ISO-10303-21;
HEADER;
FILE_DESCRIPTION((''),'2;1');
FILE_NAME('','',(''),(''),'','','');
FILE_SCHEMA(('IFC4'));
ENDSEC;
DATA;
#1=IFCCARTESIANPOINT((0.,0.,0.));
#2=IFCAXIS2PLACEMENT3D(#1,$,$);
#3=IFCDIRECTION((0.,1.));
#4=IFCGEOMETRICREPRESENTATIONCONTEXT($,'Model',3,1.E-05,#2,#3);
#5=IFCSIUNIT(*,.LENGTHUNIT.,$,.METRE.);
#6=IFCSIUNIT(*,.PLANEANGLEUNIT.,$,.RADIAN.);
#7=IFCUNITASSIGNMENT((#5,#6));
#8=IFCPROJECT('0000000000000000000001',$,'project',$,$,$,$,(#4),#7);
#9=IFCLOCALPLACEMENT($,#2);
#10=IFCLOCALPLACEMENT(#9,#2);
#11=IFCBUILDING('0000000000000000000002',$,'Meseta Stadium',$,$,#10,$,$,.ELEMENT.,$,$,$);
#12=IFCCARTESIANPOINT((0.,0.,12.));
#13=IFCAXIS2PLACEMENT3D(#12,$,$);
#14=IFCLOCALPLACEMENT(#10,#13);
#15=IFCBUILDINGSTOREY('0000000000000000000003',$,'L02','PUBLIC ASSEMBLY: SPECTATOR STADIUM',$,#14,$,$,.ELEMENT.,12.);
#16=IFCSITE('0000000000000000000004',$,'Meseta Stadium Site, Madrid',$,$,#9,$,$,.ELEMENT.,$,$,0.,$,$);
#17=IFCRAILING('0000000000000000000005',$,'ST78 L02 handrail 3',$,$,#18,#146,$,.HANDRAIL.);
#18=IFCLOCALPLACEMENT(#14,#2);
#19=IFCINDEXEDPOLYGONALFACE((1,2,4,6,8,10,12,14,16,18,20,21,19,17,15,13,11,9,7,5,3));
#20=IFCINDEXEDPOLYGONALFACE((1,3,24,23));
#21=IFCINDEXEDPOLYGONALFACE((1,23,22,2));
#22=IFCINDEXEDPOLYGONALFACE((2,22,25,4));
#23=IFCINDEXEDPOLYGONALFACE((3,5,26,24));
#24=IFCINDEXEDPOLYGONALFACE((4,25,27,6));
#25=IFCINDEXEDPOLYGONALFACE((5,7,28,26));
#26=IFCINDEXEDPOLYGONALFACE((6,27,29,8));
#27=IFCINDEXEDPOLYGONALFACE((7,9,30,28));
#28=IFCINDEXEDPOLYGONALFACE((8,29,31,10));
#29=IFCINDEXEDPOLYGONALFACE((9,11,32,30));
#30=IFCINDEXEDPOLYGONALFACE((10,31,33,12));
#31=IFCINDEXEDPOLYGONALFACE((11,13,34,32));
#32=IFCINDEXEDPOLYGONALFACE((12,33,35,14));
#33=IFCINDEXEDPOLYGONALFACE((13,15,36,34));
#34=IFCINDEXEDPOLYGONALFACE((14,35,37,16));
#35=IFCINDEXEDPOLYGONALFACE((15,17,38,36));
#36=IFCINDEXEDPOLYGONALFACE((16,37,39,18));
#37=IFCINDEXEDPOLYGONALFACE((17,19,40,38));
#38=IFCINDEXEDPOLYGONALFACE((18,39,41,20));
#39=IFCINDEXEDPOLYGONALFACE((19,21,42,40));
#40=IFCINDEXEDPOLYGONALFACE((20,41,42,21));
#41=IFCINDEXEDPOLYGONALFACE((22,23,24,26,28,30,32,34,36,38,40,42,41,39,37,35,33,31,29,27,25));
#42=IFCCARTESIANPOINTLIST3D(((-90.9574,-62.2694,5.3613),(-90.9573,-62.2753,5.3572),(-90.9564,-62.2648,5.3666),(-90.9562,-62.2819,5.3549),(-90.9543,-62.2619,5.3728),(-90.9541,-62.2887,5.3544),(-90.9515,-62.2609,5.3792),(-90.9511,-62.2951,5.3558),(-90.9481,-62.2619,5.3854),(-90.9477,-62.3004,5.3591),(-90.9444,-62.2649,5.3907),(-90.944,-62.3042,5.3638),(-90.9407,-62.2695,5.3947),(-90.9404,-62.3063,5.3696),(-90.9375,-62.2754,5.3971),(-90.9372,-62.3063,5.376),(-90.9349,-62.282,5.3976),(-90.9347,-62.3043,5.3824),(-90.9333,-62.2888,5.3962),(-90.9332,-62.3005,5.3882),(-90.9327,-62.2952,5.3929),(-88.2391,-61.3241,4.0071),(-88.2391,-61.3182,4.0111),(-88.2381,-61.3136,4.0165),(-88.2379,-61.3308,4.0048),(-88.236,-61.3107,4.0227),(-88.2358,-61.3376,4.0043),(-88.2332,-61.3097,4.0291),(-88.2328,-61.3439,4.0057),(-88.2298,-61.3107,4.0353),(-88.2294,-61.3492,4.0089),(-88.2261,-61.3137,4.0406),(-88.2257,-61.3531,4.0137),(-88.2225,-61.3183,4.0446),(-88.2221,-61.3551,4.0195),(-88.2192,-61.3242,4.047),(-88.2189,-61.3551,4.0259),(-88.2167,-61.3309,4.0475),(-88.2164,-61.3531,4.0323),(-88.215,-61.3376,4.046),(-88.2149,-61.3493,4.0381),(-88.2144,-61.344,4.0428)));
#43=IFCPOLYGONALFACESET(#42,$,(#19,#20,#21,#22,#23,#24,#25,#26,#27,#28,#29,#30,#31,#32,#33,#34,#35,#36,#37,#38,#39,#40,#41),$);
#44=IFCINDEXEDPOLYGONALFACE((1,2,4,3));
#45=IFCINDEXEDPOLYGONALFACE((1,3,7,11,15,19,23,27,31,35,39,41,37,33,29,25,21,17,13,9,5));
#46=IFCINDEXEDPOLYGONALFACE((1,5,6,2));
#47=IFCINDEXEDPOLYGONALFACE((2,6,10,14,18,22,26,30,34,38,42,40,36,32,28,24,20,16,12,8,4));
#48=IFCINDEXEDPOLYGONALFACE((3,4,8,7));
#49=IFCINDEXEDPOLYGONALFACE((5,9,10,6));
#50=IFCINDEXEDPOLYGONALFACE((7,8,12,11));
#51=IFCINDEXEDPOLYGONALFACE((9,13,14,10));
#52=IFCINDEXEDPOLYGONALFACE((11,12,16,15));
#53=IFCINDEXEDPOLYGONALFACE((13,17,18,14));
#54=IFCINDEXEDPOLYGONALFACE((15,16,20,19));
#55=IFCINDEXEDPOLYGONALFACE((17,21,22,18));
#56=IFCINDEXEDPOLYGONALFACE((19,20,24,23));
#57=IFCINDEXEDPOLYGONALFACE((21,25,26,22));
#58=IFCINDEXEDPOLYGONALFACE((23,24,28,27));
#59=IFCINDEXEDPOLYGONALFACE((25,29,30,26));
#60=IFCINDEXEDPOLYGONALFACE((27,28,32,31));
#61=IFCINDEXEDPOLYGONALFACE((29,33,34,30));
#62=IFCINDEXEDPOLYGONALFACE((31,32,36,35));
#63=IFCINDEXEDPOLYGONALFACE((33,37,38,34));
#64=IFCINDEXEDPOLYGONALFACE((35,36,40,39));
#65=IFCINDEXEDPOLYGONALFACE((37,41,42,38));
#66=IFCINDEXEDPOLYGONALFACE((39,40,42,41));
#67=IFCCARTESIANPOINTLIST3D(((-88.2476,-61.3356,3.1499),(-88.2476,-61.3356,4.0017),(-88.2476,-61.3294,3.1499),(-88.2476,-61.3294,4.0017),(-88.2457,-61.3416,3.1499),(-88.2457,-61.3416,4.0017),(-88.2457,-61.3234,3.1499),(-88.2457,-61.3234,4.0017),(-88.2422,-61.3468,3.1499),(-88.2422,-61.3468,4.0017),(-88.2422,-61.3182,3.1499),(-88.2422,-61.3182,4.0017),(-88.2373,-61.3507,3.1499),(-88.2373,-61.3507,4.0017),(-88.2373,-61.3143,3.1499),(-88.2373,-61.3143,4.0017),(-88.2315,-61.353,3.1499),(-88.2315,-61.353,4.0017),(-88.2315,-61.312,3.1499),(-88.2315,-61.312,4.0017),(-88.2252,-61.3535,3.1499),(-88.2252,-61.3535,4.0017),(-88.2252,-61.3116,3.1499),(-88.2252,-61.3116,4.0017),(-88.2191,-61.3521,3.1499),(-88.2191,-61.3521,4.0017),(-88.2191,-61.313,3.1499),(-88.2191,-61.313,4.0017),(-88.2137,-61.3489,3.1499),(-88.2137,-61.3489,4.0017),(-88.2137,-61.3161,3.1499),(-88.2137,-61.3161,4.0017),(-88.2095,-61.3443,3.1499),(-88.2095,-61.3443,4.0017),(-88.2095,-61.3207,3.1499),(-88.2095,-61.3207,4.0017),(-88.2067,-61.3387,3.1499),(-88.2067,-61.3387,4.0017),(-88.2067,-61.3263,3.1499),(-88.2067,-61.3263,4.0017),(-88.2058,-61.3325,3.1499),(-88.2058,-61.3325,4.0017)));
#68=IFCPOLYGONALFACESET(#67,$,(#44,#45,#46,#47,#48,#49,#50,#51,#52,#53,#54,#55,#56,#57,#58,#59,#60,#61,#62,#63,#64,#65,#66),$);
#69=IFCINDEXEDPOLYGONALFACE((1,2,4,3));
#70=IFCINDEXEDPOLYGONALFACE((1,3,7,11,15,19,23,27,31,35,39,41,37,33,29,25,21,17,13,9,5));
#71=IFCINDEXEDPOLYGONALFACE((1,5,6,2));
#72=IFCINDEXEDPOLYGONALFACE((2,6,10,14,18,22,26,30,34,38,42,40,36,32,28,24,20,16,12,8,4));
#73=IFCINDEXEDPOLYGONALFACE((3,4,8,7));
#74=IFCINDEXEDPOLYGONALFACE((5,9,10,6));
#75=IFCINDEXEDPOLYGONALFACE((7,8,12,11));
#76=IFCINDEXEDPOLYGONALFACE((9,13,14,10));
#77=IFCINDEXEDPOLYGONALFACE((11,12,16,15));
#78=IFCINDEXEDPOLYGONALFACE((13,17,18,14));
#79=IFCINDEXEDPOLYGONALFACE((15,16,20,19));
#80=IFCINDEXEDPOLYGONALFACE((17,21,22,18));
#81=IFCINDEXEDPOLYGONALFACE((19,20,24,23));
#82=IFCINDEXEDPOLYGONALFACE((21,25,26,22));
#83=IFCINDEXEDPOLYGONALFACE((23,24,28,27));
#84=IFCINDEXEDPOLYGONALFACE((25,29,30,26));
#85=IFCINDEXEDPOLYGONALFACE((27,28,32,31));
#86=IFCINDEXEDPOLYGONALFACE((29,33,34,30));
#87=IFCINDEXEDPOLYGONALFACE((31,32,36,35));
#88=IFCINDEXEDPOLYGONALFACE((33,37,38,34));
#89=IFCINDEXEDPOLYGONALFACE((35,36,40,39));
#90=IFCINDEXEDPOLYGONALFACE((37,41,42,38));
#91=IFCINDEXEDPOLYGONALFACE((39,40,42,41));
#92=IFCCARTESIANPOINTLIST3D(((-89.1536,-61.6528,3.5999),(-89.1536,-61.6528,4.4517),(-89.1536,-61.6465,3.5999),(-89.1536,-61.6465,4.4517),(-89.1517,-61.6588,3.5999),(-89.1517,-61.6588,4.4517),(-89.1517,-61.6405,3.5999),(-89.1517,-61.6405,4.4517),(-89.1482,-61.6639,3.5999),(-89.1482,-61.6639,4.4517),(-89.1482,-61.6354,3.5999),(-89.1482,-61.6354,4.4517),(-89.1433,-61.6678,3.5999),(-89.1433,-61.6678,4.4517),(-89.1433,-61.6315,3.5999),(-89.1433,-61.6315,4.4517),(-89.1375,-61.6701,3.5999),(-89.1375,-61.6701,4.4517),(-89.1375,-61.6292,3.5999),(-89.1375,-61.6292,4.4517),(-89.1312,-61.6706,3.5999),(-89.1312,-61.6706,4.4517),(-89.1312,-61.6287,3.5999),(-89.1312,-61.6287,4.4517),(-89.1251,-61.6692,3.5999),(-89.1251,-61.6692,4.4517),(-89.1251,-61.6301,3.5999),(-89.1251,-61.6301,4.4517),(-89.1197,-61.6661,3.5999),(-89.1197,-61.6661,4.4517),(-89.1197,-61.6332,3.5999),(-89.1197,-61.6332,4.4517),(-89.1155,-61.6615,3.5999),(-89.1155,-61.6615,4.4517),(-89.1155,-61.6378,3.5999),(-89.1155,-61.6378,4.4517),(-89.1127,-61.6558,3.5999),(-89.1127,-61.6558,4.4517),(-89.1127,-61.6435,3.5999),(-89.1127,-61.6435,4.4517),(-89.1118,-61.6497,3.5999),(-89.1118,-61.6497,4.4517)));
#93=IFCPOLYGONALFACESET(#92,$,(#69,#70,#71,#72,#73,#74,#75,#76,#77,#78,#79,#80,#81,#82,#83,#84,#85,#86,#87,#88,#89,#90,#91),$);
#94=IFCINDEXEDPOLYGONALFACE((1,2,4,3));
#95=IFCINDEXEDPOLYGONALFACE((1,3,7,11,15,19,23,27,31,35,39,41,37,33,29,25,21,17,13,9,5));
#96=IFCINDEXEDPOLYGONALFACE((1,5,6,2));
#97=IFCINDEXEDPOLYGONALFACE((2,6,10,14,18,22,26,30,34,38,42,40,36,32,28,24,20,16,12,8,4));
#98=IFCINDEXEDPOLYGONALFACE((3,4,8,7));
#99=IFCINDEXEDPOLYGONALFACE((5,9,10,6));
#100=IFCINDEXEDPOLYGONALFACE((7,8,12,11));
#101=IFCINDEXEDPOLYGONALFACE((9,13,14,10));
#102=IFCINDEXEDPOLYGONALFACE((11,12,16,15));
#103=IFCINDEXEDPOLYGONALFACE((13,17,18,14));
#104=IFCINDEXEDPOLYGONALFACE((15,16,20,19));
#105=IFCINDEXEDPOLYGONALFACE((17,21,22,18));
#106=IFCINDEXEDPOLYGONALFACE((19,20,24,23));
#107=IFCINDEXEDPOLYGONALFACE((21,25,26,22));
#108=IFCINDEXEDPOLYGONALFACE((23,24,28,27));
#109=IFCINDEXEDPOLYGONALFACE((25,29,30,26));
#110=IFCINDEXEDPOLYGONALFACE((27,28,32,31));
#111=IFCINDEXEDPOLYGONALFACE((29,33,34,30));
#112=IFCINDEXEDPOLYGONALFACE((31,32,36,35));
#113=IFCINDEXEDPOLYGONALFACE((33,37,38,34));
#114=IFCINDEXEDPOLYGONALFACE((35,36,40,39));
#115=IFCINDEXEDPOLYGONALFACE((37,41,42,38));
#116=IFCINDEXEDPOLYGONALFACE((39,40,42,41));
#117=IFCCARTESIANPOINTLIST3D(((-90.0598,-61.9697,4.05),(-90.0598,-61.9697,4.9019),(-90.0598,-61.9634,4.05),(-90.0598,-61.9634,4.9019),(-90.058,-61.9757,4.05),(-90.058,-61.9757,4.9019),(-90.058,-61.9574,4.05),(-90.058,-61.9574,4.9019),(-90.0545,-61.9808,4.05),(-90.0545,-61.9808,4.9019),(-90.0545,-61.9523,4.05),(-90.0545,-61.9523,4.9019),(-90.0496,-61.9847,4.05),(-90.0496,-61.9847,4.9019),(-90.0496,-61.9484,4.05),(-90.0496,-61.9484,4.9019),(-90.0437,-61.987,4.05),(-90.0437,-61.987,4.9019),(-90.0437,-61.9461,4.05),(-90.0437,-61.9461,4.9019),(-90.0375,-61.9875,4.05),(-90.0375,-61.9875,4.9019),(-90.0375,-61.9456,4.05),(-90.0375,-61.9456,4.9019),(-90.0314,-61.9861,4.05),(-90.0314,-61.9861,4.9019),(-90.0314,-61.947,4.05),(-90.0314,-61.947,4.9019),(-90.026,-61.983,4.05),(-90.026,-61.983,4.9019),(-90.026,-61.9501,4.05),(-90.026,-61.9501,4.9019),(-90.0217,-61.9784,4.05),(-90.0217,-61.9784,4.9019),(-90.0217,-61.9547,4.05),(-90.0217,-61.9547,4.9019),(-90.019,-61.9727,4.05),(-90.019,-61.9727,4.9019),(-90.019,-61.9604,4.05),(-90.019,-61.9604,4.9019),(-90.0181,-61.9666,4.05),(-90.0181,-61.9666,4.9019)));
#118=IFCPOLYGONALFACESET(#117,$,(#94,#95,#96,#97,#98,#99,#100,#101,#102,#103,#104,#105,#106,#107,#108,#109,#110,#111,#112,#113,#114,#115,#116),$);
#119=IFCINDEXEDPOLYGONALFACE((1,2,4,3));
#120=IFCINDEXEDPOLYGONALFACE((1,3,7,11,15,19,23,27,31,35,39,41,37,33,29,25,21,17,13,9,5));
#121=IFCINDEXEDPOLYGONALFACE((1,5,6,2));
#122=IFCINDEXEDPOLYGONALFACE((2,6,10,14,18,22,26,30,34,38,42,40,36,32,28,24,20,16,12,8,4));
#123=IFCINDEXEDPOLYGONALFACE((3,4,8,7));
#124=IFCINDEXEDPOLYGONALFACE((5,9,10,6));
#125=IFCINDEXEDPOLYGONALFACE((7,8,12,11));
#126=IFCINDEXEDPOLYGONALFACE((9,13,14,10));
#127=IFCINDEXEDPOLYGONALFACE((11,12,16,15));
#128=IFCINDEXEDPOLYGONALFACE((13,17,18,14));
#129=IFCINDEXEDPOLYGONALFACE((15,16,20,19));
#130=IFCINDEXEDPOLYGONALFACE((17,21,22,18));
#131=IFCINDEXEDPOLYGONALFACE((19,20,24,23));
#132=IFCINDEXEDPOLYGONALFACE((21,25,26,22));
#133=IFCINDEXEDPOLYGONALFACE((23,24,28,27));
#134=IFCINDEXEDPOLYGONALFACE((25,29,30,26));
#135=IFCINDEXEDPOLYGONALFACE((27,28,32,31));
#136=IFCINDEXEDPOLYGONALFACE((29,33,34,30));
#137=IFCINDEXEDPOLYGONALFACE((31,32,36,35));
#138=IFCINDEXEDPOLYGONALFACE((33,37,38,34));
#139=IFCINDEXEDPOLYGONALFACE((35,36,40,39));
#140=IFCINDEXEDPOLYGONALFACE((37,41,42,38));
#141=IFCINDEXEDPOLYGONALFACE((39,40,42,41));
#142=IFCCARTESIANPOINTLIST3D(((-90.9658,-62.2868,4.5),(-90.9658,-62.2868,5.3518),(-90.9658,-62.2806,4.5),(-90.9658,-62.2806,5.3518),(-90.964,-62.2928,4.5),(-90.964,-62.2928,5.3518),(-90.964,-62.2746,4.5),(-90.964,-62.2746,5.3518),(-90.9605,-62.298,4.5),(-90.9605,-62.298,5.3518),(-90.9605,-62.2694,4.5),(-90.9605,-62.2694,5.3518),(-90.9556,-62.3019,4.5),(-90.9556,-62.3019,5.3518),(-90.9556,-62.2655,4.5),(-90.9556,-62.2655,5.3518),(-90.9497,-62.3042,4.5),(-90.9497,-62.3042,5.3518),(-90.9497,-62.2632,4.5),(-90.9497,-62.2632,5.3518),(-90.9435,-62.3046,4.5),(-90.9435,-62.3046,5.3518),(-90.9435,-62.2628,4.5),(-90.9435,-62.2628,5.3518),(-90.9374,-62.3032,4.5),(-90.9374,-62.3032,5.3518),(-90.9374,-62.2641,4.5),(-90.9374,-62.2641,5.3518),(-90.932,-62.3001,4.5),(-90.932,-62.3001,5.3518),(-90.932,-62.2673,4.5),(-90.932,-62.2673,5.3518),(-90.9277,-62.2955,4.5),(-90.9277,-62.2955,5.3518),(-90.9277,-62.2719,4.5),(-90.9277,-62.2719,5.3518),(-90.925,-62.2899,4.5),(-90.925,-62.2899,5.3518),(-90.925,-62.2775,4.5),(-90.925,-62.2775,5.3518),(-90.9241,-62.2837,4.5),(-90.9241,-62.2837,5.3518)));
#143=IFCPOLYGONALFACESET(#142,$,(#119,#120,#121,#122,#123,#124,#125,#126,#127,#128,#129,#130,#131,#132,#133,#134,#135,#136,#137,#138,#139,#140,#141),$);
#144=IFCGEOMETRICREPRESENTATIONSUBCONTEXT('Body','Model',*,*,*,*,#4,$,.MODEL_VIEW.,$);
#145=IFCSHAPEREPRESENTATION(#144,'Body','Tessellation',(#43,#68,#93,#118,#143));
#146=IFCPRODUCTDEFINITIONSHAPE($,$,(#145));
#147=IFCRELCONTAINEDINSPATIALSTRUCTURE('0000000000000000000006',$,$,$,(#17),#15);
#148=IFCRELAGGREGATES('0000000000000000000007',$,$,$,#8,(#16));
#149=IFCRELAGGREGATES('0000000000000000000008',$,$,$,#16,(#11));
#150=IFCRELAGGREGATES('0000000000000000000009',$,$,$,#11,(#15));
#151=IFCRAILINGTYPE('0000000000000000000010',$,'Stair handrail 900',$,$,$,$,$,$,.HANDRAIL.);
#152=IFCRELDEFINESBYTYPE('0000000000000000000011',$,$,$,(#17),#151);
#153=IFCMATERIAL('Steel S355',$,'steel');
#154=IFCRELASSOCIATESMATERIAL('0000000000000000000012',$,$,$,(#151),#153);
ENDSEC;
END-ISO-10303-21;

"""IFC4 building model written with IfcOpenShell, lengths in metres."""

from ifc_helpers import new_model, si_unit, direction, frame, origin, origin_2d, place, context, subcontext, project, spatial, circle, extrude, material, type_object, element, save


model = new_model("IFC4")

# Units and contexts
model_context = context("Model", 3, precision=1e-05, world=origin(), true_north=direction((0.0, 1.0)))
body_context = subcontext(model_context, "Body", "Model", "MODEL_VIEW")
ifc_project = project(units=[si_unit("LENGTHUNIT", "METRE"), si_unit("PLANEANGLEUNIT", "RADIAN")], contexts=[model_context])

# Site, building, storey
site_placement = place(None, origin())
site = spatial("IfcSite", under=ifc_project, at=site_placement, Name="Meseta Stadium Site, Madrid", CompositionType="ELEMENT", RefElevation=0.0)
building_placement = place(site_placement, origin())
building = spatial("IfcBuilding", under=site, at=building_placement, Name="Meseta Stadium", CompositionType="ELEMENT")
storey_placement = place(building_placement, frame((0.0, 0.0, 12.0)))
storey = spatial("IfcBuildingStorey", under=building, at=storey_placement, Name="L02", Description="PUBLIC ASSEMBLY: SPECTATOR STADIUM", CompositionType="ELEMENT", Elevation=12.0)

# Railing
ifc_material_1 = material(Name="Steel S355", Category="steel")
railing_type_1 = type_object("IfcRailingType", Name="Stair handrail 900", PredefinedType="HANDRAIL", material=ifc_material_1)
for number, where, name in (
    (1, (-88.2268, -61.3325, 3.1499), "ST78 L02 handrail 3"),
):
    element("IfcRailing", number, at=place(storey_placement, frame(where)), inside=storey, type_object=railing_type_1, Name=name, PredefinedType="HANDRAIL", context=body_context, shape_type="SweptSolid", body=[
        extrude(circle(Radius=0.0239, at=origin_2d()), frame((0.0, 0.0, 0.876), z_axis=(-0.854629, -0.299051, 0.424474), x_axis=(0.330282, -0.943882, 0.0)), (0.0, 0.0, 1.0), 3.1807),
        extrude(circle(Radius=0.021, at=origin_2d()), origin(), (0.0, 0.0, 1.0), 0.8518),
        extrude(circle(Radius=0.021, at=origin_2d()), frame((-0.906, -0.3171, 0.45)), (0.0, 0.0, 1.0), 0.8518),
        extrude(circle(Radius=0.021, at=origin_2d()), frame((-1.8123, -0.634, 0.9001)), (0.0, 0.0, 1.0), 0.8518),
        extrude(circle(Radius=0.021, at=origin_2d()), frame((-2.7183, -0.9512, 1.3501)), (0.0, 0.0, 1.0), 0.8518),
    ])

save(model, "model.ifc")
